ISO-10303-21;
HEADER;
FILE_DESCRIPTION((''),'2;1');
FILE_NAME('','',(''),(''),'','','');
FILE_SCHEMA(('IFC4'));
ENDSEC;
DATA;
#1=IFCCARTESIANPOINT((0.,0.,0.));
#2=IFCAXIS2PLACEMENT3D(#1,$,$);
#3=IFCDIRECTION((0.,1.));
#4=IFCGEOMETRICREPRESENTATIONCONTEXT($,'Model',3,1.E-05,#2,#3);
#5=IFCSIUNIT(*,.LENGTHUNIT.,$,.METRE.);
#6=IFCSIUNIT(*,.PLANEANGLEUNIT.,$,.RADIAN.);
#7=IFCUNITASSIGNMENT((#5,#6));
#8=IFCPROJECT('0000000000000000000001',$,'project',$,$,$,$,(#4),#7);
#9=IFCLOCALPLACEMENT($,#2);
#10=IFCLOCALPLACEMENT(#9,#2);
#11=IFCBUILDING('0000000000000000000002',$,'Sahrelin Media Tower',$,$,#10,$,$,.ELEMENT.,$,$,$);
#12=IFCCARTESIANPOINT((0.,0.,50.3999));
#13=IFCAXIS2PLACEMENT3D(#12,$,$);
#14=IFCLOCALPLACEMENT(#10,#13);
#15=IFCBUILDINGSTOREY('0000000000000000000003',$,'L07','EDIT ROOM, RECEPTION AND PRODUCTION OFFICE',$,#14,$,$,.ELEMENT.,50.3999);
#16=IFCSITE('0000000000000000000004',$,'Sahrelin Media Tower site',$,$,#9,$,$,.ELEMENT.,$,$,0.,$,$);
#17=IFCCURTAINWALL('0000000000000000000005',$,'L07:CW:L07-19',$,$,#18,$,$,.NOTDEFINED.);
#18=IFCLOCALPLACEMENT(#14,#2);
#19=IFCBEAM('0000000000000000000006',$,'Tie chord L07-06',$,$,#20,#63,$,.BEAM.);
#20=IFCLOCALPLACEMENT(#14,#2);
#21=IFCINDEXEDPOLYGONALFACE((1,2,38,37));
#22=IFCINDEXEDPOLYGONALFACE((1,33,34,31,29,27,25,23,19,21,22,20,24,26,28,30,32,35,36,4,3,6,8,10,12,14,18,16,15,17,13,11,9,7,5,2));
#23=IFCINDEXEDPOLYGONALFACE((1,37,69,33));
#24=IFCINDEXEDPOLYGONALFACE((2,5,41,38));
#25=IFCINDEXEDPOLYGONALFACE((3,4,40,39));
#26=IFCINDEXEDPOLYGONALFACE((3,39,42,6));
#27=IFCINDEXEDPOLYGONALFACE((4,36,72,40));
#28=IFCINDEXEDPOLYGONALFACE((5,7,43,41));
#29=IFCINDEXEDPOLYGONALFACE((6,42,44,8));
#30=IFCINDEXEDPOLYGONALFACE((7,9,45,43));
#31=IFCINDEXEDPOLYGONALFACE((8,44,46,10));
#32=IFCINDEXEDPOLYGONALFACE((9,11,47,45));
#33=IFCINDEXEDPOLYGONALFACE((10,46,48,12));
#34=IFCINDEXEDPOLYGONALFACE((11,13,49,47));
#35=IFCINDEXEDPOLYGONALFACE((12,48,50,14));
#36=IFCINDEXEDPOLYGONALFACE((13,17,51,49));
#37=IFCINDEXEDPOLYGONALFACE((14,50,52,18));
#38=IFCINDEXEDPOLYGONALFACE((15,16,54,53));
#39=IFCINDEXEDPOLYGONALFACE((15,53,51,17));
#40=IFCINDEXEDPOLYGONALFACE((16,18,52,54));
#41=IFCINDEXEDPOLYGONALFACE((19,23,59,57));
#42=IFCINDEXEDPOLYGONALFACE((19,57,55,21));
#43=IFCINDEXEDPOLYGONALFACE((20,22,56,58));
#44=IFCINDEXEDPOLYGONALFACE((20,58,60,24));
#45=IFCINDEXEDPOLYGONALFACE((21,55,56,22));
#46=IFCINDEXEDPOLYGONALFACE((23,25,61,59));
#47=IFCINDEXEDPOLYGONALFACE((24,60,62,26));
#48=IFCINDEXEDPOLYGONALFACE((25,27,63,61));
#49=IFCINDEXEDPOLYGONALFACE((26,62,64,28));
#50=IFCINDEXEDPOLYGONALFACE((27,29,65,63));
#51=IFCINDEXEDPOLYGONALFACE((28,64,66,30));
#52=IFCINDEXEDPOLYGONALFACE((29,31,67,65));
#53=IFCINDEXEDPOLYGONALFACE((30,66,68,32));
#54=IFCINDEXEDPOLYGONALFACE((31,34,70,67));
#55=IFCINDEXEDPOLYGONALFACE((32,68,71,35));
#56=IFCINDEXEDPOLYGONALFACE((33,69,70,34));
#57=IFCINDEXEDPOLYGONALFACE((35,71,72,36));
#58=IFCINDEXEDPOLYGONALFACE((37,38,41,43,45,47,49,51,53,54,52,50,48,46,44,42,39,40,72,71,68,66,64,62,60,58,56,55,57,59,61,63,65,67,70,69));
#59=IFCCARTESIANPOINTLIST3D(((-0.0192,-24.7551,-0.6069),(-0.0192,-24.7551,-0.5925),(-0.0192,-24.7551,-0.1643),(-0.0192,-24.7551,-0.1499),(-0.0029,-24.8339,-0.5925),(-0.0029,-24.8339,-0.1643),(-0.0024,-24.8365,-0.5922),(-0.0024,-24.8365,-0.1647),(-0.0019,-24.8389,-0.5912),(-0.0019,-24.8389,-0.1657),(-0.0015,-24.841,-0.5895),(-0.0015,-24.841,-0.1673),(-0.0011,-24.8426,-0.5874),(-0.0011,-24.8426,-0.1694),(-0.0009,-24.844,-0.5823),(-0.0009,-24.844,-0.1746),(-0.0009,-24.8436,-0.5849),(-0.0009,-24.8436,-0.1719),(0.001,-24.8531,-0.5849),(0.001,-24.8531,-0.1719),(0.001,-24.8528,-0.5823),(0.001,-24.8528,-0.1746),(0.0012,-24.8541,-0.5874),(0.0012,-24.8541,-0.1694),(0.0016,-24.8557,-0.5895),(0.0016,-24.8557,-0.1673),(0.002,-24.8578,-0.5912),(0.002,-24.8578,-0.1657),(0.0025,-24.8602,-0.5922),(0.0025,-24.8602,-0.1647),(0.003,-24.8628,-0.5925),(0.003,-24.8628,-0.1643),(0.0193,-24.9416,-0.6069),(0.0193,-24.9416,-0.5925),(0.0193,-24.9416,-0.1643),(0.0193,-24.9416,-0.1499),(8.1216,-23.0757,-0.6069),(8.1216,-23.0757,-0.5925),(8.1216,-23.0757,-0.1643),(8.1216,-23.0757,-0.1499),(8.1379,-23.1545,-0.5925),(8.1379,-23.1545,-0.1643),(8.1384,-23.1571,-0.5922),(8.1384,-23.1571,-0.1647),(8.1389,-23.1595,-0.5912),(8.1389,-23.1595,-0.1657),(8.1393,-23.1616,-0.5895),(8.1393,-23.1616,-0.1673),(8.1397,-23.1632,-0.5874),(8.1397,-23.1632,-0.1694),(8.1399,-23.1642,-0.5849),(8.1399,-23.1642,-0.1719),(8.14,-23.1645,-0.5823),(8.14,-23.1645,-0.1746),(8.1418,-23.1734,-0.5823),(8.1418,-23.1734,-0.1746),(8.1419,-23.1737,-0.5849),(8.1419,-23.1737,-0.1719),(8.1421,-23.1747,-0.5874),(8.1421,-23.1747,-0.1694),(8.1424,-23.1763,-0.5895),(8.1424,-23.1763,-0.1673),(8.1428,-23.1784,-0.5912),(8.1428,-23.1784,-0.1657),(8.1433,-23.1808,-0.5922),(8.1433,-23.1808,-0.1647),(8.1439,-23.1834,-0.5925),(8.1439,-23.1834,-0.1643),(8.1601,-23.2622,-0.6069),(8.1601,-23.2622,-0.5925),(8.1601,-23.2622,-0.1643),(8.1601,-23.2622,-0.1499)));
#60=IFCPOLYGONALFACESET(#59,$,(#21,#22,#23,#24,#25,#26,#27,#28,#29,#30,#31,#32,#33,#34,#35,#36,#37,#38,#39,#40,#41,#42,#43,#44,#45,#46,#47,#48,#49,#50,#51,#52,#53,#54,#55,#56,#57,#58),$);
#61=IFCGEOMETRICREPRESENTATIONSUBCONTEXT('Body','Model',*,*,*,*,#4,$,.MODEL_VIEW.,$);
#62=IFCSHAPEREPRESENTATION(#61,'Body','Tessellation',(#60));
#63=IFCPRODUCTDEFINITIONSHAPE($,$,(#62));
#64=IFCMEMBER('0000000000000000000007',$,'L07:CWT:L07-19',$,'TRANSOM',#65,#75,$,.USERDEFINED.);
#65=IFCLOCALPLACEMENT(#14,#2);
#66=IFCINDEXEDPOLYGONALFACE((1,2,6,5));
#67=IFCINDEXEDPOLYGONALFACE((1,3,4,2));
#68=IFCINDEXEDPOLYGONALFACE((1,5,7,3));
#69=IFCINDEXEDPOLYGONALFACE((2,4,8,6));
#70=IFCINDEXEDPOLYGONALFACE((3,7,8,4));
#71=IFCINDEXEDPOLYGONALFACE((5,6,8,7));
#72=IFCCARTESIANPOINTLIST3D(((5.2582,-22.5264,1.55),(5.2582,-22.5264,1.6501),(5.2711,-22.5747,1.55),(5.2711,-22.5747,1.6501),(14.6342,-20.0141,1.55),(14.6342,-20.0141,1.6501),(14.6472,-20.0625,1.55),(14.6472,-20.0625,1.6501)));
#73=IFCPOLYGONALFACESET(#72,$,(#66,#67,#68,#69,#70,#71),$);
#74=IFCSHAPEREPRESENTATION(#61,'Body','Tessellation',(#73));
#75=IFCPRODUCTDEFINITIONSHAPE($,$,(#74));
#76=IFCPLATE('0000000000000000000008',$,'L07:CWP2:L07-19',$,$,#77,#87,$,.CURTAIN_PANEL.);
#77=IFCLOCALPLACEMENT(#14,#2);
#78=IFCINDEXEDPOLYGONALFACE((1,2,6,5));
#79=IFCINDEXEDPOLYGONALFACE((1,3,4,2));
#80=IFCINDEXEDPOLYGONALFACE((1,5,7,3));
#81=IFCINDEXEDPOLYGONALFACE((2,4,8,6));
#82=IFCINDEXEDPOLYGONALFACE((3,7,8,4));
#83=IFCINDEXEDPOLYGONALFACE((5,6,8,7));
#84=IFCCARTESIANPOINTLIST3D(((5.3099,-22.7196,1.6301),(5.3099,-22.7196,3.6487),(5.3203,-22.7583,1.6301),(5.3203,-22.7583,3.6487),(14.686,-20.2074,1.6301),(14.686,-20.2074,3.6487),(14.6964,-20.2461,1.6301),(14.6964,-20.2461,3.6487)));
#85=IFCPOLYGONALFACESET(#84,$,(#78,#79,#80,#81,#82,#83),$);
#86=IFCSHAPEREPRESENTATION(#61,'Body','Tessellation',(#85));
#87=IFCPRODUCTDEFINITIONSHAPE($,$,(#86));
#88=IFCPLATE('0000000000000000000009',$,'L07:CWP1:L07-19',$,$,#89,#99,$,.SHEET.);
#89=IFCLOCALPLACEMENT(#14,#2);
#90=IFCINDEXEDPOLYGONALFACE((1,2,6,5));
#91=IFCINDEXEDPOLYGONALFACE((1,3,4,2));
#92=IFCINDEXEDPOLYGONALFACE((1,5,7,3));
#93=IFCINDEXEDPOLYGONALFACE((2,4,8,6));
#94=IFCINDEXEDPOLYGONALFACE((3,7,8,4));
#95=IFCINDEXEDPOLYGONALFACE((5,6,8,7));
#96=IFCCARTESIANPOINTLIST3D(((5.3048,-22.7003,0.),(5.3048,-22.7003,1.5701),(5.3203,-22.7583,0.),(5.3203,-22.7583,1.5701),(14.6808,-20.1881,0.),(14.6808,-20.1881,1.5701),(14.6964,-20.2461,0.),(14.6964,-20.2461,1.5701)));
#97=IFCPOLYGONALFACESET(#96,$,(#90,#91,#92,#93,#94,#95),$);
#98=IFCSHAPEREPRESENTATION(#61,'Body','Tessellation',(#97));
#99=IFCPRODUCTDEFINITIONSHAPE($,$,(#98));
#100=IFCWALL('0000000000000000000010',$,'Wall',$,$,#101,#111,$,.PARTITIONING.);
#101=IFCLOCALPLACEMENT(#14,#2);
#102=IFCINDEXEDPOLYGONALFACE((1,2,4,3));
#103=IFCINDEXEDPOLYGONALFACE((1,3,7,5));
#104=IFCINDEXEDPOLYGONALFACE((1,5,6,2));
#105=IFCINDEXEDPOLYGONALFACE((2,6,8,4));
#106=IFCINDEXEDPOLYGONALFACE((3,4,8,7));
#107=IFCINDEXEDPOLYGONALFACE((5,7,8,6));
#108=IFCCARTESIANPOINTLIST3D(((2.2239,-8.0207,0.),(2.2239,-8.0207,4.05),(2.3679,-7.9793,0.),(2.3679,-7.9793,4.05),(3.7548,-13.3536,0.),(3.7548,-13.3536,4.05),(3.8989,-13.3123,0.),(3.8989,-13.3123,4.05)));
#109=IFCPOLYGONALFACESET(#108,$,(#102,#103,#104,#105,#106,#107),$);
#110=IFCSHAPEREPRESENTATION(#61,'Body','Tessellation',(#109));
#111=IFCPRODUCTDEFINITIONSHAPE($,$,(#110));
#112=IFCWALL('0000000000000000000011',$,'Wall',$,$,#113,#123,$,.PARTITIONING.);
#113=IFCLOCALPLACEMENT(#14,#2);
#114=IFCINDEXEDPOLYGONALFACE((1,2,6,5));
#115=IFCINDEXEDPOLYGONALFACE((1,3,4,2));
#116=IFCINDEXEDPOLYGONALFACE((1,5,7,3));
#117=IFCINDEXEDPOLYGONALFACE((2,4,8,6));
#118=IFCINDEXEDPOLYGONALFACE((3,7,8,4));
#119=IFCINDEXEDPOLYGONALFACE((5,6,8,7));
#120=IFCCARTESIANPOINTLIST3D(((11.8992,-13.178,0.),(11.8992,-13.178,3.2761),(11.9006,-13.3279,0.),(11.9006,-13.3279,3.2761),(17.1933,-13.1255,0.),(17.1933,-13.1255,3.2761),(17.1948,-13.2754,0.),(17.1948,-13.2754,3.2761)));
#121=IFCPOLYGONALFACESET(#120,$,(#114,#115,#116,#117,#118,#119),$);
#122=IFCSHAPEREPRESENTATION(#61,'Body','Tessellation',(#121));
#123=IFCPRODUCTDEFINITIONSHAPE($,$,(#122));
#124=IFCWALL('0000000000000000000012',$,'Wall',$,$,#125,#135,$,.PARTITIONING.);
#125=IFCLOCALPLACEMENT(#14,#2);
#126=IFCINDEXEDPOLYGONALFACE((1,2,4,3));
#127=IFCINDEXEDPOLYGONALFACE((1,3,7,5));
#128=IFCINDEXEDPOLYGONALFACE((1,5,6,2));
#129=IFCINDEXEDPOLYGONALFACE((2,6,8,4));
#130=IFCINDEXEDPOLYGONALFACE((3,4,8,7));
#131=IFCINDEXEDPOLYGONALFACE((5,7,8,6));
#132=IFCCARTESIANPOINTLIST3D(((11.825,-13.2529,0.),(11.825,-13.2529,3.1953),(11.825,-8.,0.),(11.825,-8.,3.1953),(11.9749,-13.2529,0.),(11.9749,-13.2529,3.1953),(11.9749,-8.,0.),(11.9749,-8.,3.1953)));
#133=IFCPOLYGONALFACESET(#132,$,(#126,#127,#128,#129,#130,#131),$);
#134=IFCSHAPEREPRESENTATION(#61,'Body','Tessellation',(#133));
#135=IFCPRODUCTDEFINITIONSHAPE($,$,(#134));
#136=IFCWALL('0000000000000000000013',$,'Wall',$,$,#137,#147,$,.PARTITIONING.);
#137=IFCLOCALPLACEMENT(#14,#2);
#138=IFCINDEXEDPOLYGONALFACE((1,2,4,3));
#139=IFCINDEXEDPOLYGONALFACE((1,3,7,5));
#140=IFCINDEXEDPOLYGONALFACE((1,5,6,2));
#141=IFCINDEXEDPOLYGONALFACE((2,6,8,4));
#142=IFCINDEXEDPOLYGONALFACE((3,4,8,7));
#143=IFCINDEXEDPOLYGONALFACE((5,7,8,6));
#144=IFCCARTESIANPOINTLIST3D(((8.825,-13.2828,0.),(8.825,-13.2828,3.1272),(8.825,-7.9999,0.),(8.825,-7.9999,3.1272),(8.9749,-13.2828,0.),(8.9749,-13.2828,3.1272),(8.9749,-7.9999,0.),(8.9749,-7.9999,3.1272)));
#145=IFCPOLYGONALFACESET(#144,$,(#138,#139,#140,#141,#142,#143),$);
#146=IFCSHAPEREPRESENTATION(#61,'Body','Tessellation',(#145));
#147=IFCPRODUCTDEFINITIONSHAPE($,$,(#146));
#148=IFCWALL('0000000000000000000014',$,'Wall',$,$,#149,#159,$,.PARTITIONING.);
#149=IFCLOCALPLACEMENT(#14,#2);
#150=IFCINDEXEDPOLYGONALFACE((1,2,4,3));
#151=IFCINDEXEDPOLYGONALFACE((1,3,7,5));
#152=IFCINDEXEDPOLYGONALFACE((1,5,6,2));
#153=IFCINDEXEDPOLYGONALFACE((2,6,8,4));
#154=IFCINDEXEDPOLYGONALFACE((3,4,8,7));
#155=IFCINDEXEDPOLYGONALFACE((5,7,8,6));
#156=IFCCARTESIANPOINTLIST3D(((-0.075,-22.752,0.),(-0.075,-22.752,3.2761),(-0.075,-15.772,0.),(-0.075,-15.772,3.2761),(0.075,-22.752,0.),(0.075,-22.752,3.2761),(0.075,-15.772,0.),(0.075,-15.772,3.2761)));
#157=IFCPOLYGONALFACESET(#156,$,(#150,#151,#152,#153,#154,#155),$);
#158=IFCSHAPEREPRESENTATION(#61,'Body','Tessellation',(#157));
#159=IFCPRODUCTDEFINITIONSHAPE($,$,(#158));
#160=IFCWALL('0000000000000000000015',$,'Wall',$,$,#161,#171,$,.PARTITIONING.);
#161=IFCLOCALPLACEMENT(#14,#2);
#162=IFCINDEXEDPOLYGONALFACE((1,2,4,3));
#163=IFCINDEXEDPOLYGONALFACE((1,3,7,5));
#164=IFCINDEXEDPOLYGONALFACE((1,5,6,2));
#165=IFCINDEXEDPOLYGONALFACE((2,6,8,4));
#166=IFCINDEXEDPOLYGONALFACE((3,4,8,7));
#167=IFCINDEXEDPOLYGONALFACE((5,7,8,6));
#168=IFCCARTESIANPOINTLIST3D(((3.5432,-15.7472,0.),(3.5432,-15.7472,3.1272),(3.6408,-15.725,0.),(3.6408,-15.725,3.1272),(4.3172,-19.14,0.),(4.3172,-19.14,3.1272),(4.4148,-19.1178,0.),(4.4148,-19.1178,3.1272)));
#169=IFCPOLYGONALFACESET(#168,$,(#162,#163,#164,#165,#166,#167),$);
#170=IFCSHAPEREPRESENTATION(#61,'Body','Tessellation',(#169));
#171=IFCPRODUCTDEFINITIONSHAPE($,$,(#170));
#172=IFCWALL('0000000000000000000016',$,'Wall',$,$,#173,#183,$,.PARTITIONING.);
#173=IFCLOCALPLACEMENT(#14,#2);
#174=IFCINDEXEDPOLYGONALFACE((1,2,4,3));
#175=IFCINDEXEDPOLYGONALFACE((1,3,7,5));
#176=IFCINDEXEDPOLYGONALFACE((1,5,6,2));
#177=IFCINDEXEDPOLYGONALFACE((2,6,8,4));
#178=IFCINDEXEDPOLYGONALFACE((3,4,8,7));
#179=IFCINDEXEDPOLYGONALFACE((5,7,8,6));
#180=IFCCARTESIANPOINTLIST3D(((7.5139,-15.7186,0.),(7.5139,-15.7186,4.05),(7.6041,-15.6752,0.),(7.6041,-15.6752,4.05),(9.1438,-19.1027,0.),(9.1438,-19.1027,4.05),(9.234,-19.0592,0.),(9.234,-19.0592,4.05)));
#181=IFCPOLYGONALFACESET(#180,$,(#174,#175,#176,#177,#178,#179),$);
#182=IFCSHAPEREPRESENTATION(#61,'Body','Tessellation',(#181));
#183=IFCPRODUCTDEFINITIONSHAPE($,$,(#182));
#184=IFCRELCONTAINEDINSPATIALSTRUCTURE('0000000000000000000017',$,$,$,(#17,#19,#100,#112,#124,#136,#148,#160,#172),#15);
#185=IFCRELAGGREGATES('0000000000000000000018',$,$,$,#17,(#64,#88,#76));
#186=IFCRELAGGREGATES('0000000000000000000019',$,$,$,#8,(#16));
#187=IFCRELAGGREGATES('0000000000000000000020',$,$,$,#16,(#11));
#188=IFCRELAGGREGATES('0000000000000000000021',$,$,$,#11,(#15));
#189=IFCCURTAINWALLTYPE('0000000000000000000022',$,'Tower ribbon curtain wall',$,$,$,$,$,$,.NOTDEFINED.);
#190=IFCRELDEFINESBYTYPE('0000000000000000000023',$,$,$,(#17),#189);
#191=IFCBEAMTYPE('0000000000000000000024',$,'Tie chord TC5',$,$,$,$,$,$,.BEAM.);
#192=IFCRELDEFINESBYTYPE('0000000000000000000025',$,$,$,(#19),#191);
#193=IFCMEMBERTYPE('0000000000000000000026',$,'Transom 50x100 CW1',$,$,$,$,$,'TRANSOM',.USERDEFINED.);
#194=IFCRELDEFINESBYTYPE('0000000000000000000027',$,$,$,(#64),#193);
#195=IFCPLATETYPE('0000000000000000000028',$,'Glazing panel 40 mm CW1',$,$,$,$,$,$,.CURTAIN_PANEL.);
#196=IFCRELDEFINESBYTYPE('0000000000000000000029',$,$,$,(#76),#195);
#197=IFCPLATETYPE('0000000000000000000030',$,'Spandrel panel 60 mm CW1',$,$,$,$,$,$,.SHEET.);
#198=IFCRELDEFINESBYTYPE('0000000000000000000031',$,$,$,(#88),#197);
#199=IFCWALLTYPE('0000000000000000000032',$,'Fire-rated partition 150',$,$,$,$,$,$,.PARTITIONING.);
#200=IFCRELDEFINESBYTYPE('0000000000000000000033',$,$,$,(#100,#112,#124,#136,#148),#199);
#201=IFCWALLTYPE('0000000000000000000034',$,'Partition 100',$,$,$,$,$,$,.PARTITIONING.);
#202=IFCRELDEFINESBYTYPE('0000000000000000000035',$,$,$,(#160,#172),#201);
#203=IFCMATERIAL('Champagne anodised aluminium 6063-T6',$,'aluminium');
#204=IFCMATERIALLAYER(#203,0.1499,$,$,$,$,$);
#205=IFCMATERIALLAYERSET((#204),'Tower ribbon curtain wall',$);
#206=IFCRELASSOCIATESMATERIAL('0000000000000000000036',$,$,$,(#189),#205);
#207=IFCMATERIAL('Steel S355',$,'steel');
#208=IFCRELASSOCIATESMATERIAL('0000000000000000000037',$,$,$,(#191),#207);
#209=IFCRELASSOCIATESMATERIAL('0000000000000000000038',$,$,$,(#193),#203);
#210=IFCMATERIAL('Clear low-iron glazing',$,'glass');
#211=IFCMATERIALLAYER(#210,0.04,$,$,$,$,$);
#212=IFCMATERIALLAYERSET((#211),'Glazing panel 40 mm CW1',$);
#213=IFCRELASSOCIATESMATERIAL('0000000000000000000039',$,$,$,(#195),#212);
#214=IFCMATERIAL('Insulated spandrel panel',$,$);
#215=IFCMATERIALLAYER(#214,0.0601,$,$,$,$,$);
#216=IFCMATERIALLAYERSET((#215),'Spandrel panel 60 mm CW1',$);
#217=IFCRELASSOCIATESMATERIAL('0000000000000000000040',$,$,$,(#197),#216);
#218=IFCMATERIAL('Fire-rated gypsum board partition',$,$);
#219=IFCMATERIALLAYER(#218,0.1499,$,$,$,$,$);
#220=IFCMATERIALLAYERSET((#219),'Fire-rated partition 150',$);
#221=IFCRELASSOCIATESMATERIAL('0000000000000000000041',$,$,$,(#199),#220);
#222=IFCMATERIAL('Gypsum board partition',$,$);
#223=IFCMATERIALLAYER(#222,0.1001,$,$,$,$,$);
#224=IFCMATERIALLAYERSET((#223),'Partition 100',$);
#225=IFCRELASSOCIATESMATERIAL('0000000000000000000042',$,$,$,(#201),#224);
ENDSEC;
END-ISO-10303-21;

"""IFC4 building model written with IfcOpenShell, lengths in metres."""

from ifc_helpers import new_model, si_unit, direction, frame, frame_2d, origin, origin_2d, place, context, subcontext, project, spatial, polyline, rectangle, i_section, outline, extrude, material, layer, layer_set, material_profile, profile_set, type_object, element, aggregate, save


model = new_model("IFC4")

# Units and contexts
model_context = context("Model", 3, precision=1e-05, world=origin(), true_north=direction((0.0, 1.0)))
body_context = subcontext(model_context, "Body", "Model", "MODEL_VIEW")
ifc_project = project(units=[si_unit("LENGTHUNIT", "METRE"), si_unit("PLANEANGLEUNIT", "RADIAN")], contexts=[model_context])

# Site, building, storey
site_placement = place(None, origin())
site = spatial("IfcSite", under=ifc_project, at=site_placement, Name="Sahrelin Media Tower site", CompositionType="ELEMENT", RefElevation=0.0)
building_placement = place(site_placement, origin())
building = spatial("IfcBuilding", under=site, at=building_placement, Name="Sahrelin Media Tower", CompositionType="ELEMENT")
storey_placement = place(building_placement, frame((0.0, 0.0, 50.3999)))
storey = spatial("IfcBuildingStorey", under=building, at=storey_placement, Name="L07", Description="EDIT ROOM, RECEPTION AND PRODUCTION OFFICE", CompositionType="ELEMENT", Elevation=50.3999)

# Shared definitions
ifc_material_1 = material(Name="Steel S355", Category="steel")

# Curtain wall
ifc_material_2 = material(Name="Champagne anodised aluminium 6063-T6", Category="aluminium")
ifc_layer_1 = layer(ifc_material_2, 0.1499)
ifc_layer_set_1 = layer_set([ifc_layer_1], Name="Tower ribbon curtain wall")
curtain_wall_type = type_object("IfcCurtainWallType", Name="Tower ribbon curtain wall", PredefinedType="NOTDEFINED", material=ifc_layer_set_1)
curtain_wall_placement = place(storey_placement, frame((10.0032, -21.4827, 0.0), z_axis=(0.0, 0.0, 1.0), x_axis=(1.0, 0.0, 0.0)))
curtain_wall = element("IfcCurtainWall", 1, at=curtain_wall_placement, inside=storey, type_object=curtain_wall_type, Name="L07:CW:L07-19", PredefinedType="NOTDEFINED")

# Beam
ifc_material_profile_1 = material_profile(ifc_material_1, i_section(OverallWidth=0.1904, OverallDepth=0.457, WebThickness=0.009, FlangeThickness=0.0144, FilletRadius=0.0103, at=origin_2d()), Name="UB 457x191x74")
ifc_profile_set_1 = profile_set([ifc_material_profile_1], Name="Steel S355")
beam_type_1 = type_object("IfcBeamType", Name="Tie chord TC5", PredefinedType="BEAM", material=ifc_profile_set_1)
beam_1_placement = place(storey_placement, frame((8.1409, -23.1689, -0.3784), z_axis=(-0.979377, -0.202043, 0.0), x_axis=(0.202043, -0.979377, 0.0)))
element("IfcBeam", 2, at=beam_1_placement, inside=storey, type_object=beam_type_1, Name="Tie chord L07-06", PredefinedType="BEAM", context=body_context, shape_type="SweptSolid", body=[
    extrude(i_section(OverallWidth=0.1904, OverallDepth=0.457, WebThickness=0.009, FlangeThickness=0.0144, FilletRadius=0.0103, at=origin_2d()), origin(), (0.0, 0.0, 1.0), 8.3123),
])

# Member
ifc_material_profile_2 = material_profile(ifc_material_2, rectangle(XDim=0.05, YDim=0.1001, at=origin_2d()), Name="Transom 50x100")
ifc_profile_set_2 = profile_set([ifc_material_profile_2], Name="Champagne anodised aluminium 6063-T6")
member_type_1 = type_object("IfcMemberType", Name="Transom 50x100 CW1", ElementType="TRANSOM", PredefinedType="USERDEFINED", material=ifc_profile_set_2)
member_1_placement = place(storey_placement, frame((5.2646, -22.5505, 1.6001), z_axis=(0.965928, 0.258812, 0.0), x_axis=(-0.258812, 0.965928, 0.0)))
member_1 = element("IfcMember", 3, at=member_1_placement, type_object=member_type_1, Name="L07:CWT:L07-19", ObjectType="TRANSOM", PredefinedType="USERDEFINED", context=body_context, shape_type="SweptSolid", body=[
    extrude(rectangle(XDim=0.05, YDim=0.1001, at=origin_2d()), origin(), (0.0, 0.0, 1.0), 9.7068),
])

# Plates
ifc_material_3 = material(Name="Clear low-iron glazing", Category="glass")
ifc_layer_2 = layer(ifc_material_3, 0.04)
ifc_layer_set_2 = layer_set([ifc_layer_2], Name="Glazing panel 40 mm CW1")
plate_type_1 = type_object("IfcPlateType", Name="Glazing panel 40 mm CW1", PredefinedType="CURTAIN_PANEL", material=ifc_layer_set_2)
plate_1_placement = place(storey_placement, frame((5.3203, -22.7583, 1.6301), z_axis=(0.258812, -0.965928, 0.0), x_axis=(0.965928, 0.258812, 0.0)))
plate_1 = element("IfcPlate", 4, at=plate_1_placement, type_object=plate_type_1, Name="L07:CWP2:L07-19", PredefinedType="CURTAIN_PANEL", context=body_context, shape_type="SweptSolid", body=[
    extrude(outline(polyline([(0.0, 0.0), (9.7068, 0.0), (9.7068, 2.0186), (0.0, 2.0186), (0.0, 0.0)])), origin(), (0.0, 0.0, -1.0), 0.04),
])
ifc_material_4 = material(Name="Insulated spandrel panel")
ifc_layer_3 = layer(ifc_material_4, 0.0601)
ifc_layer_set_3 = layer_set([ifc_layer_3], Name="Spandrel panel 60 mm CW1")
plate_type_2 = type_object("IfcPlateType", Name="Spandrel panel 60 mm CW1", PredefinedType="SHEET", material=ifc_layer_set_3)
plate_2_placement = place(storey_placement, frame((5.3203, -22.7583, 0.0), z_axis=(0.258812, -0.965928, 0.0), x_axis=(0.965928, 0.258812, 0.0)))
plate_2 = element("IfcPlate", 5, at=plate_2_placement, type_object=plate_type_2, Name="L07:CWP1:L07-19", PredefinedType="SHEET", context=body_context, shape_type="SweptSolid", body=[
    extrude(outline(polyline([(0.0, 0.0), (9.7068, 0.0), (9.7068, 1.5701), (0.0, 1.5701), (0.0, 0.0)])), origin(), (0.0, 0.0, -1.0), 0.0601),
])
aggregate(curtain_wall, [member_1, plate_2, plate_1])

# Walls
ifc_material_5 = material(Name="Fire-rated gypsum board partition")
ifc_layer_4 = layer(ifc_material_5, 0.1499)
ifc_layer_set_4 = layer_set([ifc_layer_4], Name="Fire-rated partition 150")
wall_type_1 = type_object("IfcWallType", Name="Fire-rated partition 150", PredefinedType="PARTITIONING", material=ifc_layer_set_4)
wall_1_placement = place(storey_placement, frame((2.2959, -8.0, 0.0), z_axis=(0.0, 0.0, 1.0), x_axis=(0.275936, -0.961176, 0.0)))
element("IfcWall", 6, at=wall_1_placement, inside=storey, type_object=wall_type_1, Name="Wall", PredefinedType="PARTITIONING", context=body_context, shape_type="SweptSolid", body=[
    extrude(rectangle(XDim=5.5483, YDim=0.1499, at=frame_2d((2.7742, 0.0))), origin(), (0.0, 0.0, 1.0), 4.05),
])
wall_2_placement = place(storey_placement, frame((11.8999, -13.2529, 0.0), z_axis=(0.0, 0.0, 1.0), x_axis=(0.999951, 0.009914, 0.0)))
element("IfcWall", 7, at=wall_2_placement, inside=storey, type_object=wall_type_1, Name="Wall", PredefinedType="PARTITIONING", context=body_context, shape_type="SweptSolid", body=[
    extrude(rectangle(XDim=5.2944, YDim=0.1499, at=frame_2d((2.6472, 0.0))), origin(), (0.0, 0.0, 1.0), 3.2761),
])
wall_3_placement = place(storey_placement, frame((11.8999, -13.2529, 0.0), z_axis=(0.0, 0.0, 1.0), x_axis=(0.0, 1.0, 0.0)))
element("IfcWall", 8, at=wall_3_placement, inside=storey, type_object=wall_type_1, Name="Wall", PredefinedType="PARTITIONING", context=body_context, shape_type="SweptSolid", body=[
    extrude(rectangle(XDim=5.2529, YDim=0.1499, at=frame_2d((2.6265, 0.0))), origin(), (0.0, 0.0, 1.0), 3.1953),
])
wall_4_placement = place(storey_placement, frame((8.8999, -13.283, 0.0), z_axis=(0.0, 0.0, 1.0), x_axis=(0.0, 1.0, 0.0)))
element("IfcWall", 9, at=wall_4_placement, inside=storey, type_object=wall_type_1, Name="Wall", PredefinedType="PARTITIONING", context=body_context, shape_type="SweptSolid", body=[
    extrude(rectangle(XDim=5.283, YDim=0.1499, at=frame_2d((2.6416, 0.0))), origin(), (0.0, 0.0, 1.0), 3.1272),
])
wall_5_placement = place(storey_placement, frame((0.0, -22.752, 0.0), z_axis=(0.0, 0.0, 1.0), x_axis=(0.0, 1.0, 0.0)))
element("IfcWall", 10, at=wall_5_placement, inside=storey, type_object=wall_type_1, Name="Wall", PredefinedType="PARTITIONING", context=body_context, shape_type="SweptSolid", body=[
    extrude(rectangle(XDim=6.98, YDim=0.1499, at=frame_2d((3.49, 0.0))), origin(), (0.0, 0.0, 1.0), 3.2761),
])
ifc_material_6 = material(Name="Gypsum board partition")
ifc_layer_5 = layer(ifc_material_6, 0.1001)
ifc_layer_set_5 = layer_set([ifc_layer_5], Name="Partition 100")
wall_type_2 = type_object("IfcWallType", Name="Partition 100", PredefinedType="PARTITIONING", material=ifc_layer_set_5)
wall_6_placement = place(storey_placement, frame((3.592, -15.7361, 0.0), z_axis=(0.0, 0.0, 1.0), x_axis=(0.222394, -0.974957, 0.0)))
element("IfcWall", 11, at=wall_6_placement, inside=storey, type_object=wall_type_2, Name="Wall", PredefinedType="PARTITIONING", context=body_context, shape_type="SweptSolid", body=[
    extrude(rectangle(XDim=3.48, YDim=0.1001, at=frame_2d((1.74, 0.0))), origin(), (0.0, 0.0, 1.0), 3.1272),
])
wall_7_placement = place(storey_placement, frame((7.5591, -15.697, 0.0), z_axis=(0.0, 0.0, 1.0), x_axis=(0.433931, -0.900946, 0.0)))
element("IfcWall", 12, at=wall_7_placement, inside=storey, type_object=wall_type_2, Name="Wall", PredefinedType="PARTITIONING", context=body_context, shape_type="SweptSolid", body=[
    extrude(rectangle(XDim=3.7561, YDim=0.1001, at=frame_2d((1.8779, 0.0))), origin(), (0.0, 0.0, 1.0), 4.05),
])

save(model, "model.ifc")
